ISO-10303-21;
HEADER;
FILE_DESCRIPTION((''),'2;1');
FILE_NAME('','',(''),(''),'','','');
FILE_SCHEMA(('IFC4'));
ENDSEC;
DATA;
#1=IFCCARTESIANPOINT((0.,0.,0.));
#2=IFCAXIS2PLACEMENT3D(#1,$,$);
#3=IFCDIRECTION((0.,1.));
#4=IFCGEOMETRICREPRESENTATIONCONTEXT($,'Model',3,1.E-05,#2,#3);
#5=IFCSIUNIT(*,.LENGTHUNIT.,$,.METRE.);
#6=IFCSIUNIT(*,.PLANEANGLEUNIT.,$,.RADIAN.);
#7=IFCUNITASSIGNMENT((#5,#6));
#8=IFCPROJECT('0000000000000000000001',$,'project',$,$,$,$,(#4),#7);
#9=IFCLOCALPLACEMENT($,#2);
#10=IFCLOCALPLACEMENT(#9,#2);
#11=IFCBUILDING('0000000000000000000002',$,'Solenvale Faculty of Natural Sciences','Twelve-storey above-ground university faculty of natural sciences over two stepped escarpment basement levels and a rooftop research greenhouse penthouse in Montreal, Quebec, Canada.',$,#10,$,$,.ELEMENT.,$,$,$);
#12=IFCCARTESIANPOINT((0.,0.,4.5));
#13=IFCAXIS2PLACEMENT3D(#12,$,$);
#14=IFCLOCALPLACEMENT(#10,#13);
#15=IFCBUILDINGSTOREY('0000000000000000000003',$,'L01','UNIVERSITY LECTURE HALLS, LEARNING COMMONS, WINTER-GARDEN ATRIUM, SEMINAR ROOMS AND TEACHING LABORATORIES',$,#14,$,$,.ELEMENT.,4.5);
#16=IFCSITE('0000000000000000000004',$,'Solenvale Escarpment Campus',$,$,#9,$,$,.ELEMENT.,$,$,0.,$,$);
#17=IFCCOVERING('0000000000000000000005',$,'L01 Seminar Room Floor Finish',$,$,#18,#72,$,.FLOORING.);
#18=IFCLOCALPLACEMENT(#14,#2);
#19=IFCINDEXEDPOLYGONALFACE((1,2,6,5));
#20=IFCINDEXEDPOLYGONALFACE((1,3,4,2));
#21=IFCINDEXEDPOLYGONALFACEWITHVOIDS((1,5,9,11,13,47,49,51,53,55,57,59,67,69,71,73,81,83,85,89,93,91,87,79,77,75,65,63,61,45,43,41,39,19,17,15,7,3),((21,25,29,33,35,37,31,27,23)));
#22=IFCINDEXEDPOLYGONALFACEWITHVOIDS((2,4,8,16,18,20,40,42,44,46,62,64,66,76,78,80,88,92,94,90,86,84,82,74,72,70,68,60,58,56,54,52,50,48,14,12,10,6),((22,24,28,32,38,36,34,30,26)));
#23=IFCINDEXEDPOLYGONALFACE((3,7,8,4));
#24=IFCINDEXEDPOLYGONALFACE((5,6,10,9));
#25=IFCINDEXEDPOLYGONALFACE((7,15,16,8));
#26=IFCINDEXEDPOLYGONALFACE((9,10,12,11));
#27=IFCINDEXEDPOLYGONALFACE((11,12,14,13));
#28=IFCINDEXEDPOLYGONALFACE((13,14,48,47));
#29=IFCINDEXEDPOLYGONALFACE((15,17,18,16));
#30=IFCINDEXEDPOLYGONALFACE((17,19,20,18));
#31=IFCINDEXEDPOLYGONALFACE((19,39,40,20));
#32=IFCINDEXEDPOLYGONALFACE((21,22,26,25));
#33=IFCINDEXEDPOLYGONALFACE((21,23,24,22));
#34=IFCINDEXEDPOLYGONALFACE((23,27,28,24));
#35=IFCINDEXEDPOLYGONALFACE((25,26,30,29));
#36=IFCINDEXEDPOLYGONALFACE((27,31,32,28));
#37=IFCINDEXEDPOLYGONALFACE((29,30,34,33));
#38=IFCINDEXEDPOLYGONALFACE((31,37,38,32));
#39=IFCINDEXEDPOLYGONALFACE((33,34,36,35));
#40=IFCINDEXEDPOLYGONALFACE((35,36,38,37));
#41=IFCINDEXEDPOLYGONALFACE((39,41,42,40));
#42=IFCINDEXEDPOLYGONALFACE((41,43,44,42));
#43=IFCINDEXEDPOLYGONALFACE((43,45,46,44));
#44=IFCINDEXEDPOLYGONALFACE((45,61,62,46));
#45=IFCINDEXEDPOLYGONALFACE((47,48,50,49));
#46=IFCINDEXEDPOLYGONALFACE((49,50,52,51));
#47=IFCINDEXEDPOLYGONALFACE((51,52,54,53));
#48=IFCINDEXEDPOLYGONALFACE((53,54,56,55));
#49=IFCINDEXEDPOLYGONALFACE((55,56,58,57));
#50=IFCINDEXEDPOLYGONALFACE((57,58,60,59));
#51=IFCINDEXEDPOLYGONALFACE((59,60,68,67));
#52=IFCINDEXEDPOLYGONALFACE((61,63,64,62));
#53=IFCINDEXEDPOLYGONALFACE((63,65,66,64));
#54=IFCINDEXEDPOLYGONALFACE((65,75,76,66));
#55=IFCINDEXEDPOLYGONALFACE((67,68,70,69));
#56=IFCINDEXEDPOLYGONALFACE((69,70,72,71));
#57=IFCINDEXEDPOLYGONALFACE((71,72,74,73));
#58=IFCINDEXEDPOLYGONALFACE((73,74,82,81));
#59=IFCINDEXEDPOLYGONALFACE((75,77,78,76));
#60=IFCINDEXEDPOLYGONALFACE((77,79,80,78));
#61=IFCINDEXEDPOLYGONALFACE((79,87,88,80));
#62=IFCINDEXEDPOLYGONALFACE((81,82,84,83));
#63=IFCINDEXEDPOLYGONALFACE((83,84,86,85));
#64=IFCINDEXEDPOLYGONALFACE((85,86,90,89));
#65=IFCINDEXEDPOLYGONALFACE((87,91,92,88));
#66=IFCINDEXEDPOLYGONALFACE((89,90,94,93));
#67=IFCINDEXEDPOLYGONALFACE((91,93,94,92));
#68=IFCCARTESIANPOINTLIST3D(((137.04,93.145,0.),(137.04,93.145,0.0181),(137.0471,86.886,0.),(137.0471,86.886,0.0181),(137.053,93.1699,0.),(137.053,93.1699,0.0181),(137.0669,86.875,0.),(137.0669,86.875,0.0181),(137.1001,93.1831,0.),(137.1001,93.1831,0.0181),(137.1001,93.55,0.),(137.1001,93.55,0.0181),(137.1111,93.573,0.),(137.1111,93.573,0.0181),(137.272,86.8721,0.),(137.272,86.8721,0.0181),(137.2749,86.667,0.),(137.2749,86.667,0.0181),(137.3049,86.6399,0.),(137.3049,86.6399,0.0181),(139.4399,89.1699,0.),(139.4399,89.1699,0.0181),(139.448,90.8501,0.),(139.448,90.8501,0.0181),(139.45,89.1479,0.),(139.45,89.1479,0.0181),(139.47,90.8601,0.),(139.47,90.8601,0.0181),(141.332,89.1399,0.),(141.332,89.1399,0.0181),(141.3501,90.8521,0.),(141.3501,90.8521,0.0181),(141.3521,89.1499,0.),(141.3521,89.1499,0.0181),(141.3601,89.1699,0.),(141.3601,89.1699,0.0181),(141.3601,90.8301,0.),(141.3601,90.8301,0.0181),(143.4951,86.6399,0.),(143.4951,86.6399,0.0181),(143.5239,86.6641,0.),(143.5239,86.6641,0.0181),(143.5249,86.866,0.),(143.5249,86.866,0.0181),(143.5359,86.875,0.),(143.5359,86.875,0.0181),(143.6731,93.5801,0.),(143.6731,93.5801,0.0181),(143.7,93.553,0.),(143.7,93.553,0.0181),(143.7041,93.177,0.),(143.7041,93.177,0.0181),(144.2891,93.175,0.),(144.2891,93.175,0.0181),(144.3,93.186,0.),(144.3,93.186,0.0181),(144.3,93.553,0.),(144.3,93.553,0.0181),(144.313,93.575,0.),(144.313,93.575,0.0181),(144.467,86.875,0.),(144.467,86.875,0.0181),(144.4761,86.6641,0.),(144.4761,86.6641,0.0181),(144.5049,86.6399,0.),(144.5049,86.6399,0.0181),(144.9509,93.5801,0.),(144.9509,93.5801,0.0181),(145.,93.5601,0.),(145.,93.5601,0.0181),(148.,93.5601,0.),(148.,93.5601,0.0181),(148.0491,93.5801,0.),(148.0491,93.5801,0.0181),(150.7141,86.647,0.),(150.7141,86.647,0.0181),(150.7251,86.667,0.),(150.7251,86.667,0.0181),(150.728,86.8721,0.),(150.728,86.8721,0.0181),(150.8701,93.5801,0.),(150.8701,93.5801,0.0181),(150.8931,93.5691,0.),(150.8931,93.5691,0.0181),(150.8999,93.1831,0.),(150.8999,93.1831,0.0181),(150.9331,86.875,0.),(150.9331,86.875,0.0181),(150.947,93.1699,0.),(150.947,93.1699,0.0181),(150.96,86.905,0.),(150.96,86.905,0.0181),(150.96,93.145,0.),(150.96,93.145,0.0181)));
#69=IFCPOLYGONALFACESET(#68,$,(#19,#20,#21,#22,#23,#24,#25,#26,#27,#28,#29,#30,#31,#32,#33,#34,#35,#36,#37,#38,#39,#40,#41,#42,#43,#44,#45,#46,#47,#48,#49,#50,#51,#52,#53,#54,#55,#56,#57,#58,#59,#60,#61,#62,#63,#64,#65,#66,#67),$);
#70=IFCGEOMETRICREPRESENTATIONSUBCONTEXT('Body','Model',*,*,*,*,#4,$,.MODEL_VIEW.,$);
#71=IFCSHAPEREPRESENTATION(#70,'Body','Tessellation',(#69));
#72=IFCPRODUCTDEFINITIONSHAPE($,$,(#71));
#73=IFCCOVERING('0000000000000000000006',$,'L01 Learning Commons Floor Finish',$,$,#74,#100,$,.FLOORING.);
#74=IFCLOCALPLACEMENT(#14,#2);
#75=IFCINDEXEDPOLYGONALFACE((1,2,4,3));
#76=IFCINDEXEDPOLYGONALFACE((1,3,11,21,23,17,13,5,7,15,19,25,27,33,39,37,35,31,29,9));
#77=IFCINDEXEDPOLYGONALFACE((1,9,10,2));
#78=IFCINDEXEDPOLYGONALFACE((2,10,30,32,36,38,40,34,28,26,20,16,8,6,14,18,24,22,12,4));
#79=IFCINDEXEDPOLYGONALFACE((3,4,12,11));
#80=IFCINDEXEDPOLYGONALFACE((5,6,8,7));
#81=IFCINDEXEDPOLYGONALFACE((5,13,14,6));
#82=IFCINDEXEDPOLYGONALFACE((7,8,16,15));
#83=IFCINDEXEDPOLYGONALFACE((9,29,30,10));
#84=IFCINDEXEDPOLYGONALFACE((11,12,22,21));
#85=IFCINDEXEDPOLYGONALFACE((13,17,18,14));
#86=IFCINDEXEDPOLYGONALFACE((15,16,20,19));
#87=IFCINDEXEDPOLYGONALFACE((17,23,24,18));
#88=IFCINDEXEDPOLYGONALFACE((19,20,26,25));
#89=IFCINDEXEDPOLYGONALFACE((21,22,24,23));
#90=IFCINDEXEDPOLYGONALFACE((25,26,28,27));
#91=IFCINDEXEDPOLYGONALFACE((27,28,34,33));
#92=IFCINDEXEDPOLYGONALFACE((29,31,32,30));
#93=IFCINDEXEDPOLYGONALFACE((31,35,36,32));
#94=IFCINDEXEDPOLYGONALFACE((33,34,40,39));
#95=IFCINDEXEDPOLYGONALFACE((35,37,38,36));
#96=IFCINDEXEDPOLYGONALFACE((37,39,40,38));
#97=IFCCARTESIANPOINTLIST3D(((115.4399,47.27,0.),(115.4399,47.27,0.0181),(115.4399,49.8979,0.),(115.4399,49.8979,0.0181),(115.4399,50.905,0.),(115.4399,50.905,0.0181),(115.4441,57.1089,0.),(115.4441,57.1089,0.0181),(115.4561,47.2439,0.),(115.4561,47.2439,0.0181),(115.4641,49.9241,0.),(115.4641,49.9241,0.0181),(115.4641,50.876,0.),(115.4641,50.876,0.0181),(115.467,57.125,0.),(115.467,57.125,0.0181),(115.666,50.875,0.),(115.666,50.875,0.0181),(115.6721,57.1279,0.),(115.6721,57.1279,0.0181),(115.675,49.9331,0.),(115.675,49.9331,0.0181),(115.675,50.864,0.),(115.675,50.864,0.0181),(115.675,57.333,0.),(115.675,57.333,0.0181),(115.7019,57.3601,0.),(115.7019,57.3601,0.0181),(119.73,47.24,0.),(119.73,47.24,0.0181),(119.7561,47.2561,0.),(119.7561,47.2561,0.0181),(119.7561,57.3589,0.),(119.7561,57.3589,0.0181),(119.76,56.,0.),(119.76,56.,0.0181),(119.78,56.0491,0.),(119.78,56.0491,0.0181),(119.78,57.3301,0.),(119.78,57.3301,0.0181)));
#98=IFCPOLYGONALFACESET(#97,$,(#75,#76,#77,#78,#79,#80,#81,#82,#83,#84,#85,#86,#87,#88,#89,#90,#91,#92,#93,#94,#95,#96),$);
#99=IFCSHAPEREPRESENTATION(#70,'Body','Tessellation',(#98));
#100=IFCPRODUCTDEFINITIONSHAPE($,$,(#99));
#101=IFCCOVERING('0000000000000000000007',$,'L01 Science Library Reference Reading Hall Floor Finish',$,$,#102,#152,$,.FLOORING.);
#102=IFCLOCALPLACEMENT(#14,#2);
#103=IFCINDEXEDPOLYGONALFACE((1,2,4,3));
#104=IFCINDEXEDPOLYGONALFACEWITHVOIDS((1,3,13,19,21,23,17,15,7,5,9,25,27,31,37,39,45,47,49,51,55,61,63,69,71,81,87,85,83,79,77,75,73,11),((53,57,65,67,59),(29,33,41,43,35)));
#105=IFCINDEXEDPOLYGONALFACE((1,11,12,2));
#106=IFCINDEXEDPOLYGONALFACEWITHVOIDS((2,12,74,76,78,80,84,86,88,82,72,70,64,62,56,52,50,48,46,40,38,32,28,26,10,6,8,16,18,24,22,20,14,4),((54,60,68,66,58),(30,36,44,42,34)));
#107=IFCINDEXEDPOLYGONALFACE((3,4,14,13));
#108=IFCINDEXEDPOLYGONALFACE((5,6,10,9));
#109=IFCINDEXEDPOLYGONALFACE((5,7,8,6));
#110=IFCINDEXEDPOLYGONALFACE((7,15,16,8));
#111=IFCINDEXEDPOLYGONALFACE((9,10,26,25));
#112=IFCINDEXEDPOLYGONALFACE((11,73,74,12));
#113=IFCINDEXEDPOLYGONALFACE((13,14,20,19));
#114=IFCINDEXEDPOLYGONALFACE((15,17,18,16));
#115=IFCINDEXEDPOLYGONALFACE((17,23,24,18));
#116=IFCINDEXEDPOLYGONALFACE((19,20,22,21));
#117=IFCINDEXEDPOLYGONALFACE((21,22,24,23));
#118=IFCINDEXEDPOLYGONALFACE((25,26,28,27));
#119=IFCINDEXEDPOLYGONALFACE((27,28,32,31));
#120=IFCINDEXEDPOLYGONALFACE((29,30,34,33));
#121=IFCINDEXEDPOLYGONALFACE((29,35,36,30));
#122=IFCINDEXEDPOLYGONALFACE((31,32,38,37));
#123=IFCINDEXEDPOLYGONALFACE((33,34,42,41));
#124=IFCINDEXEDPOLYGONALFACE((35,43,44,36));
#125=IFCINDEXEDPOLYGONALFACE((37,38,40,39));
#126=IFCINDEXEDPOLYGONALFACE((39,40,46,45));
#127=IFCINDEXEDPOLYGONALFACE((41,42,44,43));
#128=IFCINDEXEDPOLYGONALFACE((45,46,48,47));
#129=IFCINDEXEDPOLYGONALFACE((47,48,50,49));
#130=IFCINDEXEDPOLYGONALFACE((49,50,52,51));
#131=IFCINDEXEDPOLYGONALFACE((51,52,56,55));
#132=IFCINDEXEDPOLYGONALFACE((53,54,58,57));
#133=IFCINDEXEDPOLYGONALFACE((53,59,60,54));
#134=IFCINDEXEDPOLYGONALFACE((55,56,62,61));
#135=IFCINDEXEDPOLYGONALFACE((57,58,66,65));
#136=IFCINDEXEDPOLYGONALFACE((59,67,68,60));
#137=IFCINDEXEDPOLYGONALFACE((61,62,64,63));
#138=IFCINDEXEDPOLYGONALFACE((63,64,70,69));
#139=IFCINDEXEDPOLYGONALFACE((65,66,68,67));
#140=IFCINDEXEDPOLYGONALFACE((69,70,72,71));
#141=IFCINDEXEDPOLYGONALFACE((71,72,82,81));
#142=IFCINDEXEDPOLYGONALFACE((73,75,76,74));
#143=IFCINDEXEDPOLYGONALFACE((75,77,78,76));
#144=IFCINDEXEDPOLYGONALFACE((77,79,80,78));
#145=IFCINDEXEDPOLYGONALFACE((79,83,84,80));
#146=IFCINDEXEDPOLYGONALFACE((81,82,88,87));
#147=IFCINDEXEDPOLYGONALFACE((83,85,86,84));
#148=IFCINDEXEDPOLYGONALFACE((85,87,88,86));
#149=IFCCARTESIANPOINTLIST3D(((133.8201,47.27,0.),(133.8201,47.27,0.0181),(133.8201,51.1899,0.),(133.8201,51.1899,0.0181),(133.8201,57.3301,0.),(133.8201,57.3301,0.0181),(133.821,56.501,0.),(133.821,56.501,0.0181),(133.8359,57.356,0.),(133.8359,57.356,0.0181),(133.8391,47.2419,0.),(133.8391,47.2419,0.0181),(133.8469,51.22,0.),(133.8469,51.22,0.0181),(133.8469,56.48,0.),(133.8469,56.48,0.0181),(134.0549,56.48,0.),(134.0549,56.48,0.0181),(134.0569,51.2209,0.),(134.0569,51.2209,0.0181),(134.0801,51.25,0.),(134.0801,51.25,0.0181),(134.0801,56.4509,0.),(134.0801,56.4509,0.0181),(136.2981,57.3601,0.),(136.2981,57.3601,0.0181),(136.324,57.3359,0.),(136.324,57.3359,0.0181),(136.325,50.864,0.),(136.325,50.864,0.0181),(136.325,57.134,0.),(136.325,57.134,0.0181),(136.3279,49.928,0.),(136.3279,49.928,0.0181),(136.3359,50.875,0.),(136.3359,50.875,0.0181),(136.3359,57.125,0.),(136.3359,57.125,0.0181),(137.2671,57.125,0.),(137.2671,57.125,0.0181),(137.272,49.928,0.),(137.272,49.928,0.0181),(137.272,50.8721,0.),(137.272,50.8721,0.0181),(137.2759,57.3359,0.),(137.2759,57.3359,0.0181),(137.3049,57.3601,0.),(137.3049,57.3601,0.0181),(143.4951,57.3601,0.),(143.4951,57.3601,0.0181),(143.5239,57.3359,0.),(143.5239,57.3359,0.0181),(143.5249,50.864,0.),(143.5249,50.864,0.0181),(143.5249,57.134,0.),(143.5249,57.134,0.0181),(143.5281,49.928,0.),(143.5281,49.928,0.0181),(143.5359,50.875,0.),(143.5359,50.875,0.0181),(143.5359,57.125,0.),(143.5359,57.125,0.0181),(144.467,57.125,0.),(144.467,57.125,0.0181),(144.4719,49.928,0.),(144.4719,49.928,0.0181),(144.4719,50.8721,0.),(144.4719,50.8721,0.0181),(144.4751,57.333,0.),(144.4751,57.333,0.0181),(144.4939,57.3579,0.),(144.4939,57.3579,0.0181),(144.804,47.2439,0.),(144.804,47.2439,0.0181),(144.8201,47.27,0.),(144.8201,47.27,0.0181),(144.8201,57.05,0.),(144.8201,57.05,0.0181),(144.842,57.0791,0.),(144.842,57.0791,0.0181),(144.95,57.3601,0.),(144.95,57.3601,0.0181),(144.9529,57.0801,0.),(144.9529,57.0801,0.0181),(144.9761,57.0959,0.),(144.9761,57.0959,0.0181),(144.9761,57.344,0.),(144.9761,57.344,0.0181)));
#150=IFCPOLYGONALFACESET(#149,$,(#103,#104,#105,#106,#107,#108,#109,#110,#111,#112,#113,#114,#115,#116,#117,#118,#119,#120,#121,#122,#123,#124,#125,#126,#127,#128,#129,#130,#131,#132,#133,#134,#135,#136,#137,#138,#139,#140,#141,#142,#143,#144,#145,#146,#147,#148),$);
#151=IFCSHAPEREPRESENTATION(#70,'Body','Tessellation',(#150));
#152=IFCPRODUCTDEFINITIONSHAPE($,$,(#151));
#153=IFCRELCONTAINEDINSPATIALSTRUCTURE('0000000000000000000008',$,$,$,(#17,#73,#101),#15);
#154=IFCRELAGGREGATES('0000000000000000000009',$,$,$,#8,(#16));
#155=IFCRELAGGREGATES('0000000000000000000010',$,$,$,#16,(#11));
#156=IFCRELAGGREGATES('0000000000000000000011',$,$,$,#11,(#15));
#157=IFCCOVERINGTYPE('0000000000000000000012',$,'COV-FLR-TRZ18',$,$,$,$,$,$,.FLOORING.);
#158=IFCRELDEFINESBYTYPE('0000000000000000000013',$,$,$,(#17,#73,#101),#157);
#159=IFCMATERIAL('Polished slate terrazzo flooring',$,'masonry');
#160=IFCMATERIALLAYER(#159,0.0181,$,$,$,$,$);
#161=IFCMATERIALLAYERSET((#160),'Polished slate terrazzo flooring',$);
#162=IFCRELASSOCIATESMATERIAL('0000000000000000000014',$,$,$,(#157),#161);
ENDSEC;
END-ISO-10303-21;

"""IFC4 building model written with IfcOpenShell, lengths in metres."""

from ifc_helpers import new_model, si_unit, direction, frame, origin, place, context, subcontext, project, spatial, polyline, outline, extrude, material, layer, layer_set, type_object, element, save


model = new_model("IFC4")

# Units and contexts
model_context = context("Model", 3, precision=1e-05, world=origin(), true_north=direction((0.0, 1.0)))
body_context = subcontext(model_context, "Body", "Model", "MODEL_VIEW")
ifc_project = project(units=[si_unit("LENGTHUNIT", "METRE"), si_unit("PLANEANGLEUNIT", "RADIAN")], contexts=[model_context])

# Site, building, storey
site_placement = place(None, origin())
site = spatial("IfcSite", under=ifc_project, at=site_placement, Name="Solenvale Escarpment Campus", CompositionType="ELEMENT", RefElevation=0.0)
building_placement = place(site_placement, origin())
building = spatial("IfcBuilding", under=site, at=building_placement, Name="Solenvale Faculty of Natural Sciences", Description="Twelve-storey above-ground university faculty of natural sciences over two stepped escarpment basement levels and a rooftop research greenhouse penthouse in Montreal, Quebec, Canada.", CompositionType="ELEMENT")
storey_placement = place(building_placement, frame((0.0, 0.0, 4.5)))
storey = spatial("IfcBuildingStorey", under=building, at=storey_placement, Name="L01", Description="UNIVERSITY LECTURE HALLS, LEARNING COMMONS, WINTER-GARDEN ATRIUM, SEMINAR ROOMS AND TEACHING LABORATORIES", CompositionType="ELEMENT", Elevation=4.5)

# Coverings
ifc_material_1 = material(Name="Polished slate terrazzo flooring", Category="masonry")
ifc_layer_1 = layer(ifc_material_1, 0.0181)
ifc_layer_set_1 = layer_set([ifc_layer_1], Name="Polished slate terrazzo flooring")
covering_type_1 = type_object("IfcCoveringType", Name="COV-FLR-TRZ18", PredefinedType="FLOORING", material=ifc_layer_set_1)
covering_1_placement = place(storey_placement, origin())
element("IfcCovering", 1, at=covering_1_placement, inside=storey, type_object=covering_type_1, Name="L01 Seminar Room Floor Finish", PredefinedType="FLOORING", context=body_context, shape_type="SweptSolid", body=[
    extrude(outline(polyline([(144.9509, 93.5801), (145.0, 93.5601), (148.0, 93.5601), (148.0491, 93.5801), (150.8701, 93.5801), (150.8931, 93.5691), (150.8999, 93.1831), (150.947, 93.1699), (150.96, 93.145), (150.96, 86.905), (150.9331, 86.875), (150.728, 86.8721), (150.7251, 86.667), (150.7141, 86.647), (144.5049, 86.6399), (144.4761, 86.6641), (144.467, 86.875), (143.5359, 86.875), (143.5249, 86.866), (143.5239, 86.6641), (143.4951, 86.6399), (137.3049, 86.6399), (137.2749, 86.667), (137.272, 86.8721), (137.0669, 86.875), (137.0471, 86.886), (137.04, 93.145), (137.053, 93.1699), (137.1001, 93.1831), (137.1001, 93.55), (137.1111, 93.573), (143.6731, 93.5801), (143.7, 93.553), (143.7041, 93.177), (144.2891, 93.175), (144.3, 93.186), (144.3, 93.553), (144.313, 93.575), (144.9509, 93.5801)]), holes=[polyline([(141.332, 89.1399), (141.3521, 89.1499), (141.3601, 89.1699), (141.3601, 90.8301), (141.3501, 90.8521), (139.47, 90.8601), (139.448, 90.8501), (139.4399, 89.1699), (139.45, 89.1479), (141.332, 89.1399)])]), origin(), (0.0, 0.0, 1.0), 0.0181),
])
covering_2_placement = place(storey_placement, origin())
element("IfcCovering", 2, at=covering_2_placement, inside=storey, type_object=covering_type_1, Name="L01 Learning Commons Floor Finish", PredefinedType="FLOORING", context=body_context, shape_type="SweptSolid", body=[
    extrude(outline(polyline([(119.78, 56.0491), (119.76, 56.0), (119.7561, 47.2561), (119.73, 47.24), (115.4561, 47.2439), (115.4399, 47.27), (115.4399, 49.8979), (115.4641, 49.9241), (115.675, 49.9331), (115.675, 50.864), (115.666, 50.875), (115.4641, 50.876), (115.4399, 50.905), (115.4441, 57.1089), (115.467, 57.125), (115.6721, 57.1279), (115.675, 57.333), (115.7019, 57.3601), (119.7561, 57.3589), (119.78, 57.3301), (119.78, 56.0491)])), origin(), (0.0, 0.0, 1.0), 0.0181),
])
covering_3_placement = place(storey_placement, origin())
element("IfcCovering", 3, at=covering_3_placement, inside=storey, type_object=covering_type_1, Name="L01 Science Library Reference Reading Hall Floor Finish", PredefinedType="FLOORING", context=body_context, shape_type="SweptSolid", body=[
    extrude(outline(polyline([(133.8201, 51.1899), (133.8469, 51.22), (134.0569, 51.2209), (134.0801, 51.25), (134.0801, 56.4509), (134.0549, 56.48), (133.8469, 56.48), (133.821, 56.501), (133.8201, 57.3301), (133.8359, 57.356), (136.2981, 57.3601), (136.324, 57.3359), (136.325, 57.134), (136.3359, 57.125), (137.2671, 57.125), (137.2759, 57.3359), (137.3049, 57.3601), (143.4951, 57.3601), (143.5239, 57.3359), (143.5249, 57.134), (143.5359, 57.125), (144.467, 57.125), (144.4751, 57.333), (144.4939, 57.3579), (144.95, 57.3601), (144.9761, 57.344), (144.9761, 57.0959), (144.9529, 57.0801), (144.842, 57.0791), (144.8201, 57.05), (144.8201, 47.27), (144.804, 47.2439), (133.8391, 47.2419), (133.8201, 47.27), (133.8201, 51.1899)]), holes=[polyline([(143.5359, 50.875), (143.5249, 50.864), (143.5281, 49.928), (144.4719, 49.928), (144.4719, 50.8721), (143.5359, 50.875)]), polyline([(136.3359, 50.875), (136.325, 50.864), (136.3279, 49.928), (137.272, 49.928), (137.272, 50.8721), (136.3359, 50.875)])]), origin(), (0.0, 0.0, 1.0), 0.0181),
])

save(model, "model.ifc")
